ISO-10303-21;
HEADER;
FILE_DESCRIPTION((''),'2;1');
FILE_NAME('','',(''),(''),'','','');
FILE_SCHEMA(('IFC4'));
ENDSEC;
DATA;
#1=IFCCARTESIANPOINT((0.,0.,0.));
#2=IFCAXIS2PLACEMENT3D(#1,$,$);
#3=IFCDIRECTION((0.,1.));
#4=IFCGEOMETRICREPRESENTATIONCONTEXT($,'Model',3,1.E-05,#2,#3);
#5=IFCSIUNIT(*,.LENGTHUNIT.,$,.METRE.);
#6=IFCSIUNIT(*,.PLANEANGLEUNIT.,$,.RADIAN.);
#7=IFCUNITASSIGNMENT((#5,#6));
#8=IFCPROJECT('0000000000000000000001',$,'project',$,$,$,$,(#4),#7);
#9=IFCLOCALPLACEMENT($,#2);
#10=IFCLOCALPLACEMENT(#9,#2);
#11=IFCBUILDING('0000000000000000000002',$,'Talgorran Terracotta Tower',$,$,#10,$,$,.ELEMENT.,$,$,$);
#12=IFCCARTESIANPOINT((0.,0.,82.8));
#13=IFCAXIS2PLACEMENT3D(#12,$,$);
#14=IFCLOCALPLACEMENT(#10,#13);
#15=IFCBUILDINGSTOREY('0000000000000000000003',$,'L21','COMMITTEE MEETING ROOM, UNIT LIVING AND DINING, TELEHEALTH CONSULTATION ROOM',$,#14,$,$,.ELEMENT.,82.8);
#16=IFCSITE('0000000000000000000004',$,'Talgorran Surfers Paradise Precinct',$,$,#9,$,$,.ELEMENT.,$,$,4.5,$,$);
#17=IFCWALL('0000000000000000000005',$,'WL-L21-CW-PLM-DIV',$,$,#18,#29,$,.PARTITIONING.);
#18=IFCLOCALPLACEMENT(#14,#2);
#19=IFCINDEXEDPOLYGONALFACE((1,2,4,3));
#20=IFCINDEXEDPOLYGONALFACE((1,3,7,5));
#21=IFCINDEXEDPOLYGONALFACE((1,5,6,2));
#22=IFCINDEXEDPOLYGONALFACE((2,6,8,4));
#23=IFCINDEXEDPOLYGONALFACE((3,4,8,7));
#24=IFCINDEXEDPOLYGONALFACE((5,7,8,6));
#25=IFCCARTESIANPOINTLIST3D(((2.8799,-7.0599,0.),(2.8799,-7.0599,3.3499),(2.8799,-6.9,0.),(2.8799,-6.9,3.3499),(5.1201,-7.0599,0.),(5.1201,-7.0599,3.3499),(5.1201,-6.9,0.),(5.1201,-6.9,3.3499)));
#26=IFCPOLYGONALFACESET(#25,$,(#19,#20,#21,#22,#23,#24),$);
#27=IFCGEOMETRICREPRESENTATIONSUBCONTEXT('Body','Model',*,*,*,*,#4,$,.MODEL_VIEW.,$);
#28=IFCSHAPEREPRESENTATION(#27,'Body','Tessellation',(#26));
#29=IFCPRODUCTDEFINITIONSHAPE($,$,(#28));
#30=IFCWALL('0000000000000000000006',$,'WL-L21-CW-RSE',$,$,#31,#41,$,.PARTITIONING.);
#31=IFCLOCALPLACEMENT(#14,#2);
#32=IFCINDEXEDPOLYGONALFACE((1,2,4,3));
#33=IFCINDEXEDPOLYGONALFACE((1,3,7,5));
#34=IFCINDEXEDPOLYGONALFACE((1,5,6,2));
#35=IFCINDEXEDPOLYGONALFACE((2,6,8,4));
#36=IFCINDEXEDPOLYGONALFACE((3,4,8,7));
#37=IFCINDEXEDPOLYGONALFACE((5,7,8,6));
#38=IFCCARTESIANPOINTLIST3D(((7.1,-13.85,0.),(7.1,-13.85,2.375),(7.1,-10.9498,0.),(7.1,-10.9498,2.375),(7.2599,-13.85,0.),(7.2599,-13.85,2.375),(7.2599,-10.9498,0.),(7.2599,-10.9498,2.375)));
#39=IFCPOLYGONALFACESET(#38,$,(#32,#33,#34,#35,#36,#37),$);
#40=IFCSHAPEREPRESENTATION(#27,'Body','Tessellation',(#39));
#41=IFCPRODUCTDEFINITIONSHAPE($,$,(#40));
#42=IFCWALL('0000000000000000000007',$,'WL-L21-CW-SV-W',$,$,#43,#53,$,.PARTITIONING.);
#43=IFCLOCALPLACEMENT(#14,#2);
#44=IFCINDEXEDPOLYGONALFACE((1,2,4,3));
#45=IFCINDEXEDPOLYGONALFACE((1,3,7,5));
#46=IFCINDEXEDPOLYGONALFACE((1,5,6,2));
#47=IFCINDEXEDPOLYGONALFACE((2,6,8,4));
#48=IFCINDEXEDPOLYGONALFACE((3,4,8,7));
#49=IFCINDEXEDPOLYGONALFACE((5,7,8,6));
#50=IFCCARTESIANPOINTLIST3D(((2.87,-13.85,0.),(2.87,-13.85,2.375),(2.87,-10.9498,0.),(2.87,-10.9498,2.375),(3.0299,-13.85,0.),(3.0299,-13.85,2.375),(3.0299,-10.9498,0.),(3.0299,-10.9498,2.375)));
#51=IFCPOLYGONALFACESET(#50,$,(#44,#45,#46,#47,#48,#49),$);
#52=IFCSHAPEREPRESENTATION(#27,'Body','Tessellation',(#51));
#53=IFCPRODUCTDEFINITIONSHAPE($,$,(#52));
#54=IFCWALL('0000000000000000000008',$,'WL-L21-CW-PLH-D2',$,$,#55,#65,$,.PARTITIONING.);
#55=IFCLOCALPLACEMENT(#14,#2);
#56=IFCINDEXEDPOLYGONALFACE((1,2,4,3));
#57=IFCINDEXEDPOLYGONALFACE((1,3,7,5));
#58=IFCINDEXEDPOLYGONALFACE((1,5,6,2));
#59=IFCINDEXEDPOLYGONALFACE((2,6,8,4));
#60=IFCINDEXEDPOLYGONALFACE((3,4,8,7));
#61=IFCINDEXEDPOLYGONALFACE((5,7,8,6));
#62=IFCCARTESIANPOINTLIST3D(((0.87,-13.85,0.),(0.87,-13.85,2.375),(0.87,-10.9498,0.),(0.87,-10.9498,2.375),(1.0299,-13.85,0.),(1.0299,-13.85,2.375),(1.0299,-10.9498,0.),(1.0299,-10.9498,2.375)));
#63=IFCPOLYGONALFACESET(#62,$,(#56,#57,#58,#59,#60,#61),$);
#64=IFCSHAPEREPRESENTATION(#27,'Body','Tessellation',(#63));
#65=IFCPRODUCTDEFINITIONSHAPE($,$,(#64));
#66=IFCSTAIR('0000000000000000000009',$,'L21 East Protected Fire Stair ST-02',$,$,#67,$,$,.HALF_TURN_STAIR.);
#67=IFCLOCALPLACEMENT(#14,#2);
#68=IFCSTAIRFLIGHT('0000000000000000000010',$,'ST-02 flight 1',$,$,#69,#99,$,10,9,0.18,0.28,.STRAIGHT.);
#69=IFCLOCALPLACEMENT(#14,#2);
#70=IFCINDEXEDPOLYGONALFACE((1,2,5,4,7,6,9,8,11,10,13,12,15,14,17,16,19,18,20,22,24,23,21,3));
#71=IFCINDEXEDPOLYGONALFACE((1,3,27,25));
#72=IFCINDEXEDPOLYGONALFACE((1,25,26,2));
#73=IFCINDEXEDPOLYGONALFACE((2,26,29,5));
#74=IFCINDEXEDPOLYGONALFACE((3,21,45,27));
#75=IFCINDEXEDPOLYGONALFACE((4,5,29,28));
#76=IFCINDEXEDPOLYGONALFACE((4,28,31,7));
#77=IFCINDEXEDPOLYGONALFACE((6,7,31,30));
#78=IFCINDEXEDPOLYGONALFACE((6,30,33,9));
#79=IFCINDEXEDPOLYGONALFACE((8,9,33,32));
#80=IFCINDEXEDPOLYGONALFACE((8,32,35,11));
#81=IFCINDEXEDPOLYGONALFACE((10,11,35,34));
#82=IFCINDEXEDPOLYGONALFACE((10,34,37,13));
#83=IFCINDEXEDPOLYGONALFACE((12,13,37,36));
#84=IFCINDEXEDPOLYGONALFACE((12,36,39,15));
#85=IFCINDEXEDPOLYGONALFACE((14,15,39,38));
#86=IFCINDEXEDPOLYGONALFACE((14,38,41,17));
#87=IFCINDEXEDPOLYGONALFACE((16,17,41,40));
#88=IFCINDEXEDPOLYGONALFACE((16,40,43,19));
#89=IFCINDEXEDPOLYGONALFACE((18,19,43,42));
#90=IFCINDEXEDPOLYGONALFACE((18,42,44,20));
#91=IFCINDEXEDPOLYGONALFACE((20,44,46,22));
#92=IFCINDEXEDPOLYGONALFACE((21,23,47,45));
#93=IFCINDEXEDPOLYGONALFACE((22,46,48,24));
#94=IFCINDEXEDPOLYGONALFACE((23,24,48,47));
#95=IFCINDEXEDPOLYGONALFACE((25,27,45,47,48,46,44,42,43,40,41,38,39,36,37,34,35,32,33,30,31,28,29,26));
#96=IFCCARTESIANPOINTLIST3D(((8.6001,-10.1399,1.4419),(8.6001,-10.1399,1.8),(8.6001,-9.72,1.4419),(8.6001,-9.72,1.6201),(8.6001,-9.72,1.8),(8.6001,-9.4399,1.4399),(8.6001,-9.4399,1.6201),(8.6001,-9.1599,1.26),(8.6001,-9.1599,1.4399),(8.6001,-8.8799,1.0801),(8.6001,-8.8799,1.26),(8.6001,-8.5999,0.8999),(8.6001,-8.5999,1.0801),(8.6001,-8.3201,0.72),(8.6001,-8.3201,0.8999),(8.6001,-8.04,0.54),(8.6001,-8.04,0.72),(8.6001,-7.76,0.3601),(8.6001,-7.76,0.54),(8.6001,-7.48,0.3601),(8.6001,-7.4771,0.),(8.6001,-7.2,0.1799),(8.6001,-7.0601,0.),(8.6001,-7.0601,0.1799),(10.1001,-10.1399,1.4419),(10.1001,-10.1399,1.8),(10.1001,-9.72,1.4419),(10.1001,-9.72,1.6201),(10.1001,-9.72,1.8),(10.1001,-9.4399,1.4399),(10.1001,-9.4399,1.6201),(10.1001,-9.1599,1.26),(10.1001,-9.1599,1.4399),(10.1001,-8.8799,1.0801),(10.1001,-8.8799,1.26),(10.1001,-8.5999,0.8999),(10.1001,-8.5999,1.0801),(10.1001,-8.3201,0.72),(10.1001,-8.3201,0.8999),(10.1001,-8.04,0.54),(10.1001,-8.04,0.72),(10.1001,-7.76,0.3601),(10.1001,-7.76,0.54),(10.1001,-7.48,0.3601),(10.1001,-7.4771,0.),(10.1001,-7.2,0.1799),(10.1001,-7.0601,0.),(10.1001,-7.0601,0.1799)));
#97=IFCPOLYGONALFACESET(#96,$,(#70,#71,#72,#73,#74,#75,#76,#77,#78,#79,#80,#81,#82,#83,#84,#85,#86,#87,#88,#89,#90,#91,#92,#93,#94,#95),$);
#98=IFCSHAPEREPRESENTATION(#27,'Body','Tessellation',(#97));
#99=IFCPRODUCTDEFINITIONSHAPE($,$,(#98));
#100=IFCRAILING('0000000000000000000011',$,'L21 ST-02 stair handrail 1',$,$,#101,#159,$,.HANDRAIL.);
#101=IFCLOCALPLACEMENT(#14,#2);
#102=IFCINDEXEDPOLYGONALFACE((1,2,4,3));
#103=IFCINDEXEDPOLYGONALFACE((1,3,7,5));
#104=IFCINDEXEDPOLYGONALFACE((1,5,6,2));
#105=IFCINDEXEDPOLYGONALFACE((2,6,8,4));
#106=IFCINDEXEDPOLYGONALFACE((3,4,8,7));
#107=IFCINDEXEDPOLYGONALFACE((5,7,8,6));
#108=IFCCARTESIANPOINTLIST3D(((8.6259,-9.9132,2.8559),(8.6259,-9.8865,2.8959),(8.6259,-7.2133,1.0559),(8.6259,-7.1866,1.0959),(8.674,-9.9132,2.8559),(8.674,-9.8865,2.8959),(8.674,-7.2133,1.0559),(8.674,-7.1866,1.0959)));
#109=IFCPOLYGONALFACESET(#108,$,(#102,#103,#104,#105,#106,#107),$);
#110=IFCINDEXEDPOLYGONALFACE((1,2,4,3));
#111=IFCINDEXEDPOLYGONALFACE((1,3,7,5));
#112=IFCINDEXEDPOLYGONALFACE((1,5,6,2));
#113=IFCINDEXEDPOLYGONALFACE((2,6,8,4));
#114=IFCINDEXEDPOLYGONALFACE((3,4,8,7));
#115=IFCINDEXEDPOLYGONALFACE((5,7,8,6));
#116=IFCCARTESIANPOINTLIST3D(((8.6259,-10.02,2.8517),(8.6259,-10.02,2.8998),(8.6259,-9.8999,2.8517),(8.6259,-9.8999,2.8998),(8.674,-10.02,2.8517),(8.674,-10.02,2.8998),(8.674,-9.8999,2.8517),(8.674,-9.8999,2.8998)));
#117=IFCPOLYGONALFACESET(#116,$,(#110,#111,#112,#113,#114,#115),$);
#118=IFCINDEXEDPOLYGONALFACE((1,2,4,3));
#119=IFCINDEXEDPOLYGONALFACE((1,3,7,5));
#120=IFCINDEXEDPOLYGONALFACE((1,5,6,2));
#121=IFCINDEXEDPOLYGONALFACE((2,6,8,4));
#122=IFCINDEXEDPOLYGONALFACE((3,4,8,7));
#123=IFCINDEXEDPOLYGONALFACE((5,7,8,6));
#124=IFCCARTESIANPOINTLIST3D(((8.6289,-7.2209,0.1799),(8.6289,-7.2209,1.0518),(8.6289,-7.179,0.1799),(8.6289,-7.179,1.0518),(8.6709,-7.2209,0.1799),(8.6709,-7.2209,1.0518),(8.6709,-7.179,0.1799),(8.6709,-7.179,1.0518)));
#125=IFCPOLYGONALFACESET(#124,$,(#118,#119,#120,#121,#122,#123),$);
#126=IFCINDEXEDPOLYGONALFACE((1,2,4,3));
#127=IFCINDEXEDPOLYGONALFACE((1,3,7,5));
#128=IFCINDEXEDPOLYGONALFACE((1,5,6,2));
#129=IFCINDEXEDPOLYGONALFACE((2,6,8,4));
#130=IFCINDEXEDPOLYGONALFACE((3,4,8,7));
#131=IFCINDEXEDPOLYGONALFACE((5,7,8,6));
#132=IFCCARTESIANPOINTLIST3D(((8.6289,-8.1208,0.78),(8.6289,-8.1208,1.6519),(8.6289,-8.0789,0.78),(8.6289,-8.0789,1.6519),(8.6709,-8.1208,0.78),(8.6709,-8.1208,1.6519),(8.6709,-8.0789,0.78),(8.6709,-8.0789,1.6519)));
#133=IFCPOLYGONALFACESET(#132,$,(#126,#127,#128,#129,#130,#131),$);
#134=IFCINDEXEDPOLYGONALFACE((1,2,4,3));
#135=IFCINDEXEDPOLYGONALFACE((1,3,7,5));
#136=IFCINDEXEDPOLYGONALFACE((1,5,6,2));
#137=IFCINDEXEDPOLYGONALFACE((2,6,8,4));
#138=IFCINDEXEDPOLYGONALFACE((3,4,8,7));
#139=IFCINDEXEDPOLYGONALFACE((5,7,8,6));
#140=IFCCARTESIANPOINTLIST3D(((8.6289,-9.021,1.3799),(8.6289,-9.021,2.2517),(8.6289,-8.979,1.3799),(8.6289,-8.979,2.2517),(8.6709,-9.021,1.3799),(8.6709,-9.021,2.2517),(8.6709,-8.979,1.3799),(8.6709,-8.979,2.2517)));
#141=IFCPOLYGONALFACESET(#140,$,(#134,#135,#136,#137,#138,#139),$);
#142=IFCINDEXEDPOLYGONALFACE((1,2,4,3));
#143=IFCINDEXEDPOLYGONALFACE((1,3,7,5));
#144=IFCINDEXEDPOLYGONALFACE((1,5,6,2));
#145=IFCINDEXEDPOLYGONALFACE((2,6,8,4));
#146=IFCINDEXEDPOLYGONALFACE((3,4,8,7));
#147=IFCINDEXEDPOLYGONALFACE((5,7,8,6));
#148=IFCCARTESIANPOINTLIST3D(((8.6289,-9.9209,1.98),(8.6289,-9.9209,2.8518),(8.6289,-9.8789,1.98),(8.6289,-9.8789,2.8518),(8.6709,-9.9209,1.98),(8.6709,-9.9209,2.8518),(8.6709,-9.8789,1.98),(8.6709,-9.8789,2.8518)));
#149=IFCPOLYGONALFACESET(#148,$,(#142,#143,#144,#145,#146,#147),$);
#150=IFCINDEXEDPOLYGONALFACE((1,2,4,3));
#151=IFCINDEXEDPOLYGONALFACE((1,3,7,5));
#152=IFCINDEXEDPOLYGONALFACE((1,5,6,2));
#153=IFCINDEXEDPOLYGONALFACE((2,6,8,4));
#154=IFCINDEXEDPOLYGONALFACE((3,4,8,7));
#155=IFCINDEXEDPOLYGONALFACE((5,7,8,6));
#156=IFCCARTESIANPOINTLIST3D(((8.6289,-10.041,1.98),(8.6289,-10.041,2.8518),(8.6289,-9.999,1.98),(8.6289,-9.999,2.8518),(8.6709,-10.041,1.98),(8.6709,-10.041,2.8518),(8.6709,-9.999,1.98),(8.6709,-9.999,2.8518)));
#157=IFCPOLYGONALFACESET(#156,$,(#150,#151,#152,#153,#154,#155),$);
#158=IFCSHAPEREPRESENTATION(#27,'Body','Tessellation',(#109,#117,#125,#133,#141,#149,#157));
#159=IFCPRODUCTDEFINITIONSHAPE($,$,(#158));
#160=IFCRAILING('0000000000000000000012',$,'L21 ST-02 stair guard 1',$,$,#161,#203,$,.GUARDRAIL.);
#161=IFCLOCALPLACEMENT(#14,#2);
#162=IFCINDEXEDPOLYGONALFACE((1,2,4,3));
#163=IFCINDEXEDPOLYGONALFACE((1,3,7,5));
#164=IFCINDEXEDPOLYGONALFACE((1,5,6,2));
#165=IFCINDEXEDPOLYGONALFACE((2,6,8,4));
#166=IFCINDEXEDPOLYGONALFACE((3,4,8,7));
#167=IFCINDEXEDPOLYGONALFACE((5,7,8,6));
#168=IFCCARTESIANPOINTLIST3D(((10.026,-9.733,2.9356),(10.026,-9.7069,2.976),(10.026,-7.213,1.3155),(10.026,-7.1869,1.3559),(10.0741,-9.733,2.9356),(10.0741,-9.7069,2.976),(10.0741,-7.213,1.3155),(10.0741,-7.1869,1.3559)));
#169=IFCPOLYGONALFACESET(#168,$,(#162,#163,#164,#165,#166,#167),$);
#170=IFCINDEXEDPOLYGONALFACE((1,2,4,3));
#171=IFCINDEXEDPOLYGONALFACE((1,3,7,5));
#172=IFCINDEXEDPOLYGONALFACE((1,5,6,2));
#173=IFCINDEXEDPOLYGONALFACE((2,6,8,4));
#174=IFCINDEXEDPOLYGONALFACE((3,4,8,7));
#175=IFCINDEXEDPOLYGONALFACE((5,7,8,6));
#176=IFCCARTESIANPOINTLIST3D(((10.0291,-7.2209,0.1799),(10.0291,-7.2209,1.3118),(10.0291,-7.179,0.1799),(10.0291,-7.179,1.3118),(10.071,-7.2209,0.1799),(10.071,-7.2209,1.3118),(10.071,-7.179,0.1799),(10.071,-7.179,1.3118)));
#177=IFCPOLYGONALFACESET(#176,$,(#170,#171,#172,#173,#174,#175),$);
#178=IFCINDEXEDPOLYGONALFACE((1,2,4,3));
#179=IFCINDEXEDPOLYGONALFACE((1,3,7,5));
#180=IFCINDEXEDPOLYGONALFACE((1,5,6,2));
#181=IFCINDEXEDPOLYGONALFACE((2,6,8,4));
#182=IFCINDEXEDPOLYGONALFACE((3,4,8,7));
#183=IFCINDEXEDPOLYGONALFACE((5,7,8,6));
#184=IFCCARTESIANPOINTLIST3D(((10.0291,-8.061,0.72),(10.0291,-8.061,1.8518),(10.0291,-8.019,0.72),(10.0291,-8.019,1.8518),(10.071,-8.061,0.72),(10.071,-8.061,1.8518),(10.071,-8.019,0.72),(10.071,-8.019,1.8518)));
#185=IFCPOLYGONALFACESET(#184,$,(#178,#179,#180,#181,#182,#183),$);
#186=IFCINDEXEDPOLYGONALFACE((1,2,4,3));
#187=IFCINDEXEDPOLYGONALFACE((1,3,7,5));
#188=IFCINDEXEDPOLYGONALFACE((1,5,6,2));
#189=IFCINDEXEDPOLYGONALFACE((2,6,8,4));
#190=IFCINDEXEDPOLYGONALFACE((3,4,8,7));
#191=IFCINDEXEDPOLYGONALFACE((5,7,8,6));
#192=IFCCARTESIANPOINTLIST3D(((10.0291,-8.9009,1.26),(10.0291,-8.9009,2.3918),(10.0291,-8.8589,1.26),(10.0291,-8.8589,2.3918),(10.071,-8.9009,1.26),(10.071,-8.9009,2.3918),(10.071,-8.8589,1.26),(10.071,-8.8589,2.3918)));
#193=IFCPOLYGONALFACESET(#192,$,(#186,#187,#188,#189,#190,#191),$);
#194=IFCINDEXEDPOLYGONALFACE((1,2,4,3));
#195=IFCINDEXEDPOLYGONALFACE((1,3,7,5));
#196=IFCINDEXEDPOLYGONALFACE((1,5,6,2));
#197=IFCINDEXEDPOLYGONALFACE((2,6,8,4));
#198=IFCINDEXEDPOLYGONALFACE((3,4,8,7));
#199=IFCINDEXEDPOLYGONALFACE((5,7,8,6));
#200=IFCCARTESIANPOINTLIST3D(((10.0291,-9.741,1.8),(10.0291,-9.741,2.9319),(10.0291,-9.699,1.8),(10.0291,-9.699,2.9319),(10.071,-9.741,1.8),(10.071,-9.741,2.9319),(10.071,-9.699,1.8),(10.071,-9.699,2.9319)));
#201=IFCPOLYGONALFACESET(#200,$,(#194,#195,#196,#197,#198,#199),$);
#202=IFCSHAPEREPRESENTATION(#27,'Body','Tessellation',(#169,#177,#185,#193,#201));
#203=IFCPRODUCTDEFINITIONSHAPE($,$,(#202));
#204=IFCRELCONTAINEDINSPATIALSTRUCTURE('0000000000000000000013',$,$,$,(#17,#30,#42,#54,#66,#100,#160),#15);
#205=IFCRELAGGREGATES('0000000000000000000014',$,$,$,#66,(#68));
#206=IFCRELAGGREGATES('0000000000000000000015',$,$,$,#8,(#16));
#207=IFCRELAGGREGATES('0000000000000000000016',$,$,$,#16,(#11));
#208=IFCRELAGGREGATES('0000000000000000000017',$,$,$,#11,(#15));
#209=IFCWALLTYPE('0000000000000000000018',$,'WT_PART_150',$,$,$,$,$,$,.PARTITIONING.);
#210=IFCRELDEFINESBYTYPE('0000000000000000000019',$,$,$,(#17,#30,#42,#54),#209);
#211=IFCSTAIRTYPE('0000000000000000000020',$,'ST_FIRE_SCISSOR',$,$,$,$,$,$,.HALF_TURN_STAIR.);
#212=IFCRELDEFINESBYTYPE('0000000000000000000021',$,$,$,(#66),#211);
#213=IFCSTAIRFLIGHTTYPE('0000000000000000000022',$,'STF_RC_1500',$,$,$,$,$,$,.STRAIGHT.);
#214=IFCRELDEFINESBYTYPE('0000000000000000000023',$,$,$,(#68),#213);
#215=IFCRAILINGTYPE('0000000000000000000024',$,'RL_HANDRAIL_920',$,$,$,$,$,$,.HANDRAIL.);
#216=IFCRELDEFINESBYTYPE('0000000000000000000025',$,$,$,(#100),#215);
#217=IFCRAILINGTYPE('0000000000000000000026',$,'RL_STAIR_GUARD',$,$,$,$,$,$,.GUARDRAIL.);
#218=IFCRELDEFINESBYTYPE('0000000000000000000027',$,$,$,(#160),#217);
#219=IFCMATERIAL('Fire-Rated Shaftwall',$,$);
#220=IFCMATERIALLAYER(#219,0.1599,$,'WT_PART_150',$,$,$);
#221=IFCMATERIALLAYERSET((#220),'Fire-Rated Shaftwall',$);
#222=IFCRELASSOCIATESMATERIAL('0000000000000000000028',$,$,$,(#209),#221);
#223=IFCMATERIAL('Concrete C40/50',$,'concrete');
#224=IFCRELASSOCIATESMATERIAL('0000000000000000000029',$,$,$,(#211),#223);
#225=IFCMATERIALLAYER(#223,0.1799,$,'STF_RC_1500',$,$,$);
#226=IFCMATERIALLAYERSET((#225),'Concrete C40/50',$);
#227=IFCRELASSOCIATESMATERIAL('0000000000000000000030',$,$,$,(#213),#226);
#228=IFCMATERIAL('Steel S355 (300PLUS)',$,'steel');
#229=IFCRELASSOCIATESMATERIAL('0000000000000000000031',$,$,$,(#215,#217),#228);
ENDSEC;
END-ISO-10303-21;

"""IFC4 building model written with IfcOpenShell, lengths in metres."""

from ifc_helpers import new_model, si_unit, direction, frame, frame_2d, origin, origin_2d, place, context, subcontext, project, spatial, polyline, rectangle, outline, extrude, material, layer, layer_set, type_object, element, aggregate, save


model = new_model("IFC4")

# Units and contexts
model_context = context("Model", 3, precision=1e-05, world=origin(), true_north=direction((0.0, 1.0)))
body_context = subcontext(model_context, "Body", "Model", "MODEL_VIEW")
ifc_project = project(units=[si_unit("LENGTHUNIT", "METRE"), si_unit("PLANEANGLEUNIT", "RADIAN")], contexts=[model_context])

# Site, building, storey
site_placement = place(None, origin())
site = spatial("IfcSite", under=ifc_project, at=site_placement, Name="Talgorran Surfers Paradise Precinct", CompositionType="ELEMENT", RefElevation=4.5)
building_placement = place(site_placement, origin())
building = spatial("IfcBuilding", under=site, at=building_placement, Name="Talgorran Terracotta Tower", CompositionType="ELEMENT")
storey_placement = place(building_placement, frame((0.0, 0.0, 82.8)))
storey = spatial("IfcBuildingStorey", under=building, at=storey_placement, Name="L21", Description="COMMITTEE MEETING ROOM, UNIT LIVING AND DINING, TELEHEALTH CONSULTATION ROOM", CompositionType="ELEMENT", Elevation=82.8)

# Shared definitions
ifc_material_1 = material(Name="Steel S355 (300PLUS)", Category="steel")

# Walls
ifc_material_2 = material(Name="Fire-Rated Shaftwall")
ifc_layer_1 = layer(ifc_material_2, 0.1599, Name="WT_PART_150")
ifc_layer_set_1 = layer_set([ifc_layer_1], Name="Fire-Rated Shaftwall")
wall_type_1 = type_object("IfcWallType", Name="WT_PART_150", PredefinedType="PARTITIONING", material=ifc_layer_set_1)
wall_1_placement = place(storey_placement, frame((2.8799, -6.98, 0.0), z_axis=(0.0, 0.0, 1.0), x_axis=(1.0, 0.0, 0.0)))
element("IfcWall", 1, at=wall_1_placement, inside=storey, type_object=wall_type_1, Name="WL-L21-CW-PLM-DIV", PredefinedType="PARTITIONING", context=body_context, shape_type="SweptSolid", body=[
    extrude(rectangle(XDim=2.2402, YDim=0.1599, at=frame_2d((1.1201, 0.0))), origin(), (0.0, 0.0, 1.0), 3.3499),
])
for number, where, z_axis, x_axis, name in (
    (2, (7.1799, -13.8501, 0.0), (0.0, 0.0, 1.0), (0.0, 1.0, 0.0), "WL-L21-CW-RSE"),
    (3, (2.95, -13.8501, 0.0), (0.0, 0.0, 1.0), (0.0, 1.0, 0.0), "WL-L21-CW-SV-W"),
    (4, (0.95, -13.8501, 0.0), (0.0, 0.0, 1.0), (0.0, 1.0, 0.0), "WL-L21-CW-PLH-D2"),
):
    element("IfcWall", number, at=place(storey_placement, frame(where, z_axis=z_axis, x_axis=x_axis)), inside=storey, type_object=wall_type_1, Name=name, PredefinedType="PARTITIONING", context=body_context, shape_type="SweptSolid", body=[
        extrude(rectangle(XDim=2.9001, YDim=0.1599, at=frame_2d((1.4502, 0.0))), origin(), (0.0, 0.0, 1.0), 2.375),
    ])

# Stair, stair flight
ifc_material_3 = material(Name="Concrete C40/50", Category="concrete")
stair_type = type_object("IfcStairType", Name="ST_FIRE_SCISSOR", PredefinedType="HALF_TURN_STAIR", material=ifc_material_3)
stair_placement = place(storey_placement, origin())
stair = element("IfcStair", 5, at=stair_placement, inside=storey, type_object=stair_type, Name="L21 East Protected Fire Stair ST-02", PredefinedType="HALF_TURN_STAIR")
ifc_layer_2 = layer(ifc_material_3, 0.1799, Name="STF_RC_1500")
ifc_layer_set_2 = layer_set([ifc_layer_2], Name="Concrete C40/50")
stair_flight_type = type_object("IfcStairFlightType", Name="STF_RC_1500", PredefinedType="STRAIGHT", material=ifc_layer_set_2)
stair_flight_placement = place(storey_placement, frame((9.3501, -7.2, 0.0), z_axis=(0.0, 0.0, 1.0), x_axis=(0.0, -1.0, 0.0)))
stair_flight = element("IfcStairFlight", 6, at=stair_flight_placement, type_object=stair_flight_type, Name="ST-02 flight 1", NumberOfRisers=10, NumberOfTreads=9, PredefinedType="STRAIGHT", RiserHeight=0.18, TreadLength=0.28, context=body_context, shape_type="SweptSolid", body=[
    extrude(outline(polyline([(-0.1399, 0.0), (-0.1399, 0.1799), (0.0, 0.1799), (0.28, 0.3601), (0.5601, 0.3601), (0.5601, 0.54), (0.8401, 0.54), (0.8401, 0.72), (1.1201, 0.72), (1.1201, 0.8999), (1.3999, 0.8999), (1.3999, 1.0801), (1.6799, 1.0801), (1.6799, 1.26), (1.96, 1.26), (1.96, 1.4399), (2.24, 1.4399), (2.24, 1.6201), (2.52, 1.6201), (2.52, 1.8), (2.9399, 1.8), (2.9399, 1.4419), (2.52, 1.4419), (0.2771, 0.0), (-0.1399, 0.0)])), frame((0.0, 0.75, 0.0), z_axis=(0.0, -1.0, 0.0), x_axis=(1.0, 0.0, 0.0)), (0.0, 0.0, 1.0), 1.5),
])
aggregate(stair, [stair_flight])

# Railings
railing_type_1 = type_object("IfcRailingType", Name="RL_HANDRAIL_920", PredefinedType="HANDRAIL", material=ifc_material_1)
railing_1_placement = place(storey_placement, frame((8.6499, -7.2, 0.1799)))
element("IfcRailing", 7, at=railing_1_placement, inside=storey, type_object=railing_type_1, Name="L21 ST-02 stair handrail 1", PredefinedType="HANDRAIL", context=body_context, shape_type="SweptSolid", body=[
    extrude(rectangle(XDim=0.0481, YDim=0.0481, at=origin_2d()), frame((0.0, 0.0, 0.896), z_axis=(0.0, -0.832039, 0.554718), x_axis=(1.0, 0.0, 0.0)), (0.0, 0.0, 1.0), 3.2449),
    extrude(rectangle(XDim=0.0481, YDim=0.0481, at=origin_2d()), frame((0.0, -2.7, 2.6958), z_axis=(0.0, -1.0, 0.0), x_axis=(1.0, 0.0, 0.0)), (0.0, 0.0, 1.0), 0.1201),
    extrude(rectangle(XDim=0.042, YDim=0.042, at=origin_2d()), origin(), (0.0, 0.0, 1.0), 0.8718),
    extrude(rectangle(XDim=0.042, YDim=0.042, at=origin_2d()), frame((0.0, -0.8999, 0.6001)), (0.0, 0.0, 1.0), 0.8718),
    extrude(rectangle(XDim=0.042, YDim=0.042, at=origin_2d()), frame((0.0, -1.8, 1.2)), (0.0, 0.0, 1.0), 0.8718),
    extrude(rectangle(XDim=0.042, YDim=0.042, at=origin_2d()), frame((0.0, -2.7, 1.8)), (0.0, 0.0, 1.0), 0.8718),
    extrude(rectangle(XDim=0.042, YDim=0.042, at=origin_2d()), frame((0.0, -2.8201, 1.8)), (0.0, 0.0, 1.0), 0.8718),
])
railing_type_2 = type_object("IfcRailingType", Name="RL_STAIR_GUARD", PredefinedType="GUARDRAIL", material=ifc_material_1)
railing_2_placement = place(storey_placement, frame((10.05, -7.2, 0.1799)))
element("IfcRailing", 8, at=railing_2_placement, inside=storey, type_object=railing_type_2, Name="L21 ST-02 stair guard 1", PredefinedType="GUARDRAIL", context=body_context, shape_type="SweptSolid", body=[
    extrude(rectangle(XDim=0.0481, YDim=0.0481, at=origin_2d()), frame((0.0, 0.0, 1.1558), z_axis=(0.0, -0.841163, 0.540782), x_axis=(1.0, 0.0, 0.0)), (0.0, 0.0, 1.0), 2.9958),
    extrude(rectangle(XDim=0.042, YDim=0.042, at=origin_2d()), origin(), (0.0, 0.0, 1.0), 1.1318),
    extrude(rectangle(XDim=0.042, YDim=0.042, at=origin_2d()), frame((0.0, -0.8401, 0.54)), (0.0, 0.0, 1.0), 1.1318),
    extrude(rectangle(XDim=0.042, YDim=0.042, at=origin_2d()), frame((0.0, -1.6799, 1.0801)), (0.0, 0.0, 1.0), 1.1318),
    extrude(rectangle(XDim=0.042, YDim=0.042, at=origin_2d()), frame((0.0, -2.52, 1.6201)), (0.0, 0.0, 1.0), 1.1318),
])

save(model, "model.ifc")
